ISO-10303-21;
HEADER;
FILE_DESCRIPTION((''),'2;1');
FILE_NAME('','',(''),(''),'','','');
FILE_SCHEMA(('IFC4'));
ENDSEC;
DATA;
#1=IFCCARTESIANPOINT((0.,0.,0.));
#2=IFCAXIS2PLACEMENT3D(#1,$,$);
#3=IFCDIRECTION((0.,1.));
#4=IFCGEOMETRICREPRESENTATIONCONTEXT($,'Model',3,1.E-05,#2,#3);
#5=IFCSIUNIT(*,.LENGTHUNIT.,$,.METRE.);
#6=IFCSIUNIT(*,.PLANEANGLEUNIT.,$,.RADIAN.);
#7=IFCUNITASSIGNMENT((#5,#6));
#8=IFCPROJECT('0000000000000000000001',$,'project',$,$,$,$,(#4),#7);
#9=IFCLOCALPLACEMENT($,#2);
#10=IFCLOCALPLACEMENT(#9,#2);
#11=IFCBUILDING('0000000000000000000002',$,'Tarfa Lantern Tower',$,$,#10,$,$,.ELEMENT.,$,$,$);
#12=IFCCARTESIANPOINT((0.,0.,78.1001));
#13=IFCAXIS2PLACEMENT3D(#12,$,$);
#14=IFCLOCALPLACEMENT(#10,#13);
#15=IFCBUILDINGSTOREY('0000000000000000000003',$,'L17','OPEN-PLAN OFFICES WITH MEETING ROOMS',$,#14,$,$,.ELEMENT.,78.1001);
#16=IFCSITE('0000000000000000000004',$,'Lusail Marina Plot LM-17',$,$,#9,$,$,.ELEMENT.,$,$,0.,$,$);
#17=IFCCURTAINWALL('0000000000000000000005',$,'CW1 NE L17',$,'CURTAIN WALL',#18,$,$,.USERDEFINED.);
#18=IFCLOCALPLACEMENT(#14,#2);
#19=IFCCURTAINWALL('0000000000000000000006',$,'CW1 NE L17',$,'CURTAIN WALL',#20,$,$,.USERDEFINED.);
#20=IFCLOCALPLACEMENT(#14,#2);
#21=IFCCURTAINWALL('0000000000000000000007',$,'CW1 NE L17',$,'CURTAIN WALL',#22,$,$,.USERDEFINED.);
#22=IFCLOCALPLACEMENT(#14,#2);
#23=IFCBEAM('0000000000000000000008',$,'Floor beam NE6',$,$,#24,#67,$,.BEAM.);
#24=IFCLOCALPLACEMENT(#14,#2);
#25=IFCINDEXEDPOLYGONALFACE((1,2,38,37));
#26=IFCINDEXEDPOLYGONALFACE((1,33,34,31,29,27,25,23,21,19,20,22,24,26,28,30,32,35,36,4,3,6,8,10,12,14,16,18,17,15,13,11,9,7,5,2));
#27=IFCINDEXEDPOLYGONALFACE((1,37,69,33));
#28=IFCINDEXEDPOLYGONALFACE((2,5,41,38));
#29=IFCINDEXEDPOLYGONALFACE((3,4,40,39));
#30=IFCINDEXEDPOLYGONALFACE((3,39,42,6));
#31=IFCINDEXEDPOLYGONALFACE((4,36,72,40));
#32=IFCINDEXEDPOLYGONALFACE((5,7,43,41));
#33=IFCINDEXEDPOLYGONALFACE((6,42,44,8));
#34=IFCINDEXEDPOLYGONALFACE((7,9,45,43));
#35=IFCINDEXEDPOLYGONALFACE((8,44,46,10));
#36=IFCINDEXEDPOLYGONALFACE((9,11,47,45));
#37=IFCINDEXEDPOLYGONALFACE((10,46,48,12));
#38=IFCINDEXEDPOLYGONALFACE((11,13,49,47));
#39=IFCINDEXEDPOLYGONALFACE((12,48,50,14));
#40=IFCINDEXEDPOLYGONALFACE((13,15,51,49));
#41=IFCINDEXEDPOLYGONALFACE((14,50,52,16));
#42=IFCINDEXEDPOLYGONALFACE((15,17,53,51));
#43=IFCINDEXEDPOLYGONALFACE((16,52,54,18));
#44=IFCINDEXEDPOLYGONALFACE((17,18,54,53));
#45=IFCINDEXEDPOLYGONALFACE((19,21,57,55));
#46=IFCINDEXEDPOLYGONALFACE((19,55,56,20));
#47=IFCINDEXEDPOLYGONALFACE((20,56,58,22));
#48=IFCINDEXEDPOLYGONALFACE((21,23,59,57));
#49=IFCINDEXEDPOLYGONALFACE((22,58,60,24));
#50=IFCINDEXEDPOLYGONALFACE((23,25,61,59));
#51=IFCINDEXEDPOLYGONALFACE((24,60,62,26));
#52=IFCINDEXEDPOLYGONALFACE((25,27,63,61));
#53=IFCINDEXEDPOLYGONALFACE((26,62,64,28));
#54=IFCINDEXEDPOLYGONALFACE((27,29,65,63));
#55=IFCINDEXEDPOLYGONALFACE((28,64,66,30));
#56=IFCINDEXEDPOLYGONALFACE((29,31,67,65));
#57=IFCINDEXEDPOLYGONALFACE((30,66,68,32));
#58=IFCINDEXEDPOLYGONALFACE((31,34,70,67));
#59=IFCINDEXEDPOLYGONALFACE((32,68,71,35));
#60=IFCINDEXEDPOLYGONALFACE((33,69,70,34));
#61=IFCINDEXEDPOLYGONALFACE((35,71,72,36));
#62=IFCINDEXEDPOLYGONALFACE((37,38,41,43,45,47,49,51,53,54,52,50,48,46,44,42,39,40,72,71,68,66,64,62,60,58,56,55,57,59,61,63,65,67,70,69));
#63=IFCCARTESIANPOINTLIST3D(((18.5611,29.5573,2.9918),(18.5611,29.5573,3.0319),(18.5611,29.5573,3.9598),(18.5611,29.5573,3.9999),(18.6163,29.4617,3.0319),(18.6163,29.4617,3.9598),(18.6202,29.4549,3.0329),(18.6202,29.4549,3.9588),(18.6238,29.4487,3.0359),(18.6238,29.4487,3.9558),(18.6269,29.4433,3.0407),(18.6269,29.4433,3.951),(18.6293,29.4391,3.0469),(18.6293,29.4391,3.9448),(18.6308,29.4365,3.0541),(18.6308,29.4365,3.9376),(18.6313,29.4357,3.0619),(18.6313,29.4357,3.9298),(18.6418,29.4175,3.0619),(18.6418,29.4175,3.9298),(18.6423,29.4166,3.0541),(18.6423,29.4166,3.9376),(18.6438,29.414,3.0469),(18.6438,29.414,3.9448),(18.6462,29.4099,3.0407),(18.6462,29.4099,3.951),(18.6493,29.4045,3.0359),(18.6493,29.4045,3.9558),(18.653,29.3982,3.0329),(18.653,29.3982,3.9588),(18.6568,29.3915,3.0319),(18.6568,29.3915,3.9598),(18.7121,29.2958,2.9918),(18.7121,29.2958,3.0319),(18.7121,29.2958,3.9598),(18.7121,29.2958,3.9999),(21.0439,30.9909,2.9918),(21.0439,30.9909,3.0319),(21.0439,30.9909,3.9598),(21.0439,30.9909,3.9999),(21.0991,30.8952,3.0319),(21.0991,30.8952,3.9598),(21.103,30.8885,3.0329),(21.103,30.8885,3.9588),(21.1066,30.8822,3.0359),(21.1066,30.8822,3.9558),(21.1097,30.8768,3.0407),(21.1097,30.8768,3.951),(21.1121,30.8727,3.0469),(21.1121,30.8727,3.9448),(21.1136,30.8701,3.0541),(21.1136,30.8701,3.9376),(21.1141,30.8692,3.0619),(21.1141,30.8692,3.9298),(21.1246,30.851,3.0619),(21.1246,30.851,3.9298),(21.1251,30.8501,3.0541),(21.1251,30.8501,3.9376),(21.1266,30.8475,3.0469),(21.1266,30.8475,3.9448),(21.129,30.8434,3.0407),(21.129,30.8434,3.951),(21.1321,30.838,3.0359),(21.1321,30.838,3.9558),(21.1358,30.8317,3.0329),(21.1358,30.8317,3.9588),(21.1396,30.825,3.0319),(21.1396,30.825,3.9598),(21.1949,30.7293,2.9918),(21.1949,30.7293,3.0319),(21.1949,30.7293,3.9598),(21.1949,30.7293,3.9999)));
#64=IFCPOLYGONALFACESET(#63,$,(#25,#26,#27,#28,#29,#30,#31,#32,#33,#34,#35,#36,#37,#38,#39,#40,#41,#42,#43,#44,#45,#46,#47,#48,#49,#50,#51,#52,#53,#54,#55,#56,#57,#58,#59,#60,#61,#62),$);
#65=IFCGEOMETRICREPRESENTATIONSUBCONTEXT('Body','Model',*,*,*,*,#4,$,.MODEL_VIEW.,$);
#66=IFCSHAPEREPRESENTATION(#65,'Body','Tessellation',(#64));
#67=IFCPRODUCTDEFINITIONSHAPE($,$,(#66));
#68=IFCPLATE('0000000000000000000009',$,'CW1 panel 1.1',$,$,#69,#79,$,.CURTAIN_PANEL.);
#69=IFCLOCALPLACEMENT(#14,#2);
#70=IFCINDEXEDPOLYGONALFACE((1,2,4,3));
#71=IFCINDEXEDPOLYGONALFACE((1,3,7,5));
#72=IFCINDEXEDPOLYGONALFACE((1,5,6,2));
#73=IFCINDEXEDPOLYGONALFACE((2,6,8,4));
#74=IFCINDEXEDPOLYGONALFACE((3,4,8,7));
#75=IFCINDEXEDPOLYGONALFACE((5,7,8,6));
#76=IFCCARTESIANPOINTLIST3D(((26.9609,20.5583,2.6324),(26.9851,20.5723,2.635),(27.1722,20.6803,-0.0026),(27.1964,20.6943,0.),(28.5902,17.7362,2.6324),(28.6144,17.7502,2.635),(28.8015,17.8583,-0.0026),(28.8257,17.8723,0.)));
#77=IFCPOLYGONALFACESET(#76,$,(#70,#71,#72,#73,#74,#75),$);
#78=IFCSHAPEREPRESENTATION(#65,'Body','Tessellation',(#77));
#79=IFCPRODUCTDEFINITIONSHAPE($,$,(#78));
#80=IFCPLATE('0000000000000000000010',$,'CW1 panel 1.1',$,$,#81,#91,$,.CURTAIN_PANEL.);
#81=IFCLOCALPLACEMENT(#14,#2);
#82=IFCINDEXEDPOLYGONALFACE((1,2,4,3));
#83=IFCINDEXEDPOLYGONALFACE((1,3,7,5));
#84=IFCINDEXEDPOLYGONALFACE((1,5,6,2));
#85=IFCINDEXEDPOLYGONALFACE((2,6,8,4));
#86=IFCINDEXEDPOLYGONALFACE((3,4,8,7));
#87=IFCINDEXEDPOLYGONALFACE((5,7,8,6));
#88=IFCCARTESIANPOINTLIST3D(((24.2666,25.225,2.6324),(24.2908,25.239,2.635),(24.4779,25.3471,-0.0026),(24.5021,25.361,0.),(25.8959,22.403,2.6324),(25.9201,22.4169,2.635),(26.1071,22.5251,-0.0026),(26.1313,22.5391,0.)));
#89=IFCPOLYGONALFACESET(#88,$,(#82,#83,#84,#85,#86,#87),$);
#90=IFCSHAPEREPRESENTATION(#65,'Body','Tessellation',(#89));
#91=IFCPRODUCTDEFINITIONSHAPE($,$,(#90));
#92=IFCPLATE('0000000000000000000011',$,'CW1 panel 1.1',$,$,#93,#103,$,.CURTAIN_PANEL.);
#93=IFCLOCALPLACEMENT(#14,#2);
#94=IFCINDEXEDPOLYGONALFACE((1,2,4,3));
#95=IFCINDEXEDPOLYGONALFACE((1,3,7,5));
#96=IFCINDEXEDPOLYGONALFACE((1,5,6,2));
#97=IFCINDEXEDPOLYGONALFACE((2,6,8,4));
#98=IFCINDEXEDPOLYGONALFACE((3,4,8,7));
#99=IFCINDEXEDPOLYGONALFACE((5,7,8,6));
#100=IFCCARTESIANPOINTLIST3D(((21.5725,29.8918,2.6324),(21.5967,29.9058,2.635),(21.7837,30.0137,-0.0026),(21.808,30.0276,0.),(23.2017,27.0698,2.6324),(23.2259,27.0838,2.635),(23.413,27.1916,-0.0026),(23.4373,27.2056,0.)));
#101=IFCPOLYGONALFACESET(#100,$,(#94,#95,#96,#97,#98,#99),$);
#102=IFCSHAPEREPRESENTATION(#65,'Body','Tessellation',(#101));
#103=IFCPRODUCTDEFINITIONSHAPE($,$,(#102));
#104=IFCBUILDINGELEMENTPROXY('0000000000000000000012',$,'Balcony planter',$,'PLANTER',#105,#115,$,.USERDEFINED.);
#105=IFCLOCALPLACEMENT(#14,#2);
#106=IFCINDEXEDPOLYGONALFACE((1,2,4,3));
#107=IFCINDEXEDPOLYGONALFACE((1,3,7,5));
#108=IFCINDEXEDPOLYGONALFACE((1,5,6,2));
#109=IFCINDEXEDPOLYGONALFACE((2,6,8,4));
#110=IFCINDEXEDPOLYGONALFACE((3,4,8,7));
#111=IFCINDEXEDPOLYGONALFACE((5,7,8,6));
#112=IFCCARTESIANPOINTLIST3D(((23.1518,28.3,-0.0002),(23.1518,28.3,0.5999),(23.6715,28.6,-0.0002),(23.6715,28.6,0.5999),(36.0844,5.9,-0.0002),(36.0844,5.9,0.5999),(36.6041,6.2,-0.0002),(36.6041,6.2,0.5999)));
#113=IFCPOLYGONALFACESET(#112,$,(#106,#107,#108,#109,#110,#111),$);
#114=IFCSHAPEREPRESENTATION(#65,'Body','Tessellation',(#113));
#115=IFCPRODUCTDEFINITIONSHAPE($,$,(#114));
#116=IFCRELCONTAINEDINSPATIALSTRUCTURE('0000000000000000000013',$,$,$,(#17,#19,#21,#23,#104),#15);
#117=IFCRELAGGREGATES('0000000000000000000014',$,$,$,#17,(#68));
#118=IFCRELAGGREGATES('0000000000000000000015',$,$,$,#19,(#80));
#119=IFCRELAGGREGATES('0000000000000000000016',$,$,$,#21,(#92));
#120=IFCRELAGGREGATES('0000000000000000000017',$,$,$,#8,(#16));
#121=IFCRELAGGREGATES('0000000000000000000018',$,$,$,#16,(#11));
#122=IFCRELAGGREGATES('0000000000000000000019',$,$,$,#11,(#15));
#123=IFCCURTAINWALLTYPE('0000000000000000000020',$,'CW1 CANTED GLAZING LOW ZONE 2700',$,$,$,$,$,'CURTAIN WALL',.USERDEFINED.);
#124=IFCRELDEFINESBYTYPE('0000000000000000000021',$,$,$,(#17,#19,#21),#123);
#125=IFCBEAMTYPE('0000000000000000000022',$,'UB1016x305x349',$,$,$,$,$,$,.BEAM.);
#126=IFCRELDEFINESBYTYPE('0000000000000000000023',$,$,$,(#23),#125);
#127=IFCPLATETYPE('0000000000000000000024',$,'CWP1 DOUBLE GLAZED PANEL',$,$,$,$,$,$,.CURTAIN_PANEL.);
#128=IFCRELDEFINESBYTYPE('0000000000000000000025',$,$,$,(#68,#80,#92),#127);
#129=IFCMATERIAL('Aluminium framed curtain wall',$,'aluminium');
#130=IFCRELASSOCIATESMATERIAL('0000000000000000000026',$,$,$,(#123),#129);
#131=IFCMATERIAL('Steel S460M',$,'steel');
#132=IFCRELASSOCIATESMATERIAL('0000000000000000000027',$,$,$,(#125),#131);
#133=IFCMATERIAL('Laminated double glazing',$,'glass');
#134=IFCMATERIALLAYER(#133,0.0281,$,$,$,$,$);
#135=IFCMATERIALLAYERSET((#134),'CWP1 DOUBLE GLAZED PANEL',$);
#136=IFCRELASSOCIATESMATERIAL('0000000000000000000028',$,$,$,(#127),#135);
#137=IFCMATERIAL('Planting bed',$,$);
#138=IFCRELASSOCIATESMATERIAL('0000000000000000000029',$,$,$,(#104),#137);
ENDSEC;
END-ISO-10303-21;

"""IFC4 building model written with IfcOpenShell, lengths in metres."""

from ifc_helpers import new_model, si_unit, direction, frame, origin, origin_2d, place, context, subcontext, project, spatial, polyline, rectangle, i_section, outline, extrude, material, layer, layer_set, material_profile, profile_set, type_object, element, aggregate, save


model = new_model("IFC4")

# Units and contexts
model_context = context("Model", 3, precision=1e-05, world=origin(), true_north=direction((0.0, 1.0)))
body_context = subcontext(model_context, "Body", "Model", "MODEL_VIEW")
ifc_project = project(units=[si_unit("LENGTHUNIT", "METRE"), si_unit("PLANEANGLEUNIT", "RADIAN")], contexts=[model_context])

# Site, building, storey
site_placement = place(None, origin())
site = spatial("IfcSite", under=ifc_project, at=site_placement, Name="Lusail Marina Plot LM-17", CompositionType="ELEMENT", RefElevation=0.0)
building_placement = place(site_placement, origin())
building = spatial("IfcBuilding", under=site, at=building_placement, Name="Tarfa Lantern Tower", CompositionType="ELEMENT")
storey_placement = place(building_placement, frame((0.0, 0.0, 78.1001)))
storey = spatial("IfcBuildingStorey", under=building, at=storey_placement, Name="L17", Description="OPEN-PLAN OFFICES WITH MEETING ROOMS", CompositionType="ELEMENT", Elevation=78.1001)

# Curtain walls
ifc_material_1 = material(Name="Aluminium framed curtain wall", Category="aluminium")
curtain_wall_type = type_object("IfcCurtainWallType", Name="CW1 CANTED GLAZING LOW ZONE 2700", ElementType="CURTAIN WALL", PredefinedType="USERDEFINED", material=ifc_material_1)
curtain_wall_1_placement = place(storey_placement, origin())
curtain_wall_1 = element("IfcCurtainWall", 1, at=curtain_wall_1_placement, inside=storey, type_object=curtain_wall_type, Name="CW1 NE L17", ObjectType="CURTAIN WALL", PredefinedType="USERDEFINED")
curtain_wall_2_placement = place(storey_placement, origin())
curtain_wall_2 = element("IfcCurtainWall", 2, at=curtain_wall_2_placement, inside=storey, type_object=curtain_wall_type, Name="CW1 NE L17", ObjectType="CURTAIN WALL", PredefinedType="USERDEFINED")
curtain_wall_3_placement = place(storey_placement, origin())
curtain_wall_3 = element("IfcCurtainWall", 3, at=curtain_wall_3_placement, inside=storey, type_object=curtain_wall_type, Name="CW1 NE L17", ObjectType="CURTAIN WALL", PredefinedType="USERDEFINED")

# Beam
ifc_material_2 = material(Name="Steel S460M", Category="steel")
ifc_material_profile_1 = material_profile(ifc_material_2, i_section(OverallWidth=0.302, OverallDepth=1.0081, WebThickness=0.021, FlangeThickness=0.04, FilletRadius=0.03, at=origin_2d()), Name="UB1016x305x349")
ifc_profile_set_1 = profile_set([ifc_material_profile_1], Name="Steel S460M")
beam_type_1 = type_object("IfcBeamType", Name="UB1016x305x349", PredefinedType="BEAM", material=ifc_profile_set_1)
beam_1_placement = place(storey_placement, frame((21.1194, 30.8601, 3.4958), z_axis=(-0.866013, -0.500022, 0.0), x_axis=(0.500022, -0.866013, 0.0)))
element("IfcBeam", 4, at=beam_1_placement, inside=storey, type_object=beam_type_1, Name="Floor beam NE6", PredefinedType="BEAM", context=body_context, shape_type="SweptSolid", body=[
    extrude(i_section(OverallWidth=0.302, OverallDepth=1.0081, WebThickness=0.021, FlangeThickness=0.04, FilletRadius=0.03, at=origin_2d()), origin(), (0.0, 0.0, 1.0), 2.8669),
])

# Plates
ifc_material_3 = material(Name="Laminated double glazing", Category="glass")
ifc_layer = layer(ifc_material_3, 0.0281)
ifc_layer_set = layer_set([ifc_layer], Name="CWP1 DOUBLE GLAZED PANEL")
plate_type = type_object("IfcPlateType", Name="CWP1 DOUBLE GLAZED PANEL", PredefinedType="CURTAIN_PANEL", material=ifc_layer_set)
plate_1_placement = place(storey_placement, frame((28.8257, 17.8723, 0.0), z_axis=(0.862338, 0.497864, 0.092216), x_axis=(-0.499995, 0.866029, -0.000003)))
plate_1 = element("IfcPlate", 5, at=plate_1_placement, type_object=plate_type, Name="CW1 panel 1.1", PredefinedType="CURTAIN_PANEL", context=body_context, shape_type="SweptSolid", body=[
    extrude(outline(polyline([(0.0, 0.0), (3.2585, 0.0), (3.2585, 2.6463), (-0.0001, 2.6463), (0.0, 0.0)])), origin(), (0.0, 0.0, -1.0), 0.0281),
])
aggregate(curtain_wall_1, [plate_1])
plate_2_placement = place(storey_placement, frame((26.1313, 22.5391, 0.0), z_axis=(0.862338, 0.497864, 0.092216), x_axis=(-0.499995, 0.866029, -0.000003)))
plate_2 = element("IfcPlate", 6, at=plate_2_placement, type_object=plate_type, Name="CW1 panel 1.1", PredefinedType="CURTAIN_PANEL", context=body_context, shape_type="SweptSolid", body=[
    extrude(outline(polyline([(0.0, 0.0), (3.2585, 0.0), (3.2585, 2.6463), (-0.0001, 2.6463), (0.0, 0.0)])), origin(), (0.0, 0.0, -1.0), 0.0281),
])
aggregate(curtain_wall_2, [plate_2])
plate_3_placement = place(storey_placement, frame((23.4373, 27.2056, 0.0), z_axis=(0.862342, 0.497867, 0.09217), x_axis=(-0.499995, 0.866028, 0.000003)))
plate_3 = element("IfcPlate", 7, at=plate_3_placement, type_object=plate_type, Name="CW1 panel 1.1", PredefinedType="CURTAIN_PANEL", context=body_context, shape_type="SweptSolid", body=[
    extrude(outline(polyline([(0.0, 0.0), (3.2586, 0.0), (3.2587, 2.6463), (0.0002, 2.6463), (0.0, 0.0)])), origin(), (0.0, 0.0, -1.0), 0.0281),
])
aggregate(curtain_wall_3, [plate_3])

# Building element proxy
ifc_material_4 = material(Name="Planting bed")
proxy_placement = place(storey_placement, frame((29.8779, 17.25, -0.0002), z_axis=(0.0, 0.0, 1.0), x_axis=(-0.5, 0.866025, 0.0)))
element("IfcBuildingElementProxy", 8, at=proxy_placement, inside=storey, material=ifc_material_4, Name="Balcony planter", ObjectType="PLANTER", PredefinedType="USERDEFINED", context=body_context, shape_type="SweptSolid", body=[
    extrude(rectangle(XDim=25.8652, YDim=0.6001, at=origin_2d()), origin(), (0.0, 0.0, 1.0), 0.6001),
])

save(model, "model.ifc")
